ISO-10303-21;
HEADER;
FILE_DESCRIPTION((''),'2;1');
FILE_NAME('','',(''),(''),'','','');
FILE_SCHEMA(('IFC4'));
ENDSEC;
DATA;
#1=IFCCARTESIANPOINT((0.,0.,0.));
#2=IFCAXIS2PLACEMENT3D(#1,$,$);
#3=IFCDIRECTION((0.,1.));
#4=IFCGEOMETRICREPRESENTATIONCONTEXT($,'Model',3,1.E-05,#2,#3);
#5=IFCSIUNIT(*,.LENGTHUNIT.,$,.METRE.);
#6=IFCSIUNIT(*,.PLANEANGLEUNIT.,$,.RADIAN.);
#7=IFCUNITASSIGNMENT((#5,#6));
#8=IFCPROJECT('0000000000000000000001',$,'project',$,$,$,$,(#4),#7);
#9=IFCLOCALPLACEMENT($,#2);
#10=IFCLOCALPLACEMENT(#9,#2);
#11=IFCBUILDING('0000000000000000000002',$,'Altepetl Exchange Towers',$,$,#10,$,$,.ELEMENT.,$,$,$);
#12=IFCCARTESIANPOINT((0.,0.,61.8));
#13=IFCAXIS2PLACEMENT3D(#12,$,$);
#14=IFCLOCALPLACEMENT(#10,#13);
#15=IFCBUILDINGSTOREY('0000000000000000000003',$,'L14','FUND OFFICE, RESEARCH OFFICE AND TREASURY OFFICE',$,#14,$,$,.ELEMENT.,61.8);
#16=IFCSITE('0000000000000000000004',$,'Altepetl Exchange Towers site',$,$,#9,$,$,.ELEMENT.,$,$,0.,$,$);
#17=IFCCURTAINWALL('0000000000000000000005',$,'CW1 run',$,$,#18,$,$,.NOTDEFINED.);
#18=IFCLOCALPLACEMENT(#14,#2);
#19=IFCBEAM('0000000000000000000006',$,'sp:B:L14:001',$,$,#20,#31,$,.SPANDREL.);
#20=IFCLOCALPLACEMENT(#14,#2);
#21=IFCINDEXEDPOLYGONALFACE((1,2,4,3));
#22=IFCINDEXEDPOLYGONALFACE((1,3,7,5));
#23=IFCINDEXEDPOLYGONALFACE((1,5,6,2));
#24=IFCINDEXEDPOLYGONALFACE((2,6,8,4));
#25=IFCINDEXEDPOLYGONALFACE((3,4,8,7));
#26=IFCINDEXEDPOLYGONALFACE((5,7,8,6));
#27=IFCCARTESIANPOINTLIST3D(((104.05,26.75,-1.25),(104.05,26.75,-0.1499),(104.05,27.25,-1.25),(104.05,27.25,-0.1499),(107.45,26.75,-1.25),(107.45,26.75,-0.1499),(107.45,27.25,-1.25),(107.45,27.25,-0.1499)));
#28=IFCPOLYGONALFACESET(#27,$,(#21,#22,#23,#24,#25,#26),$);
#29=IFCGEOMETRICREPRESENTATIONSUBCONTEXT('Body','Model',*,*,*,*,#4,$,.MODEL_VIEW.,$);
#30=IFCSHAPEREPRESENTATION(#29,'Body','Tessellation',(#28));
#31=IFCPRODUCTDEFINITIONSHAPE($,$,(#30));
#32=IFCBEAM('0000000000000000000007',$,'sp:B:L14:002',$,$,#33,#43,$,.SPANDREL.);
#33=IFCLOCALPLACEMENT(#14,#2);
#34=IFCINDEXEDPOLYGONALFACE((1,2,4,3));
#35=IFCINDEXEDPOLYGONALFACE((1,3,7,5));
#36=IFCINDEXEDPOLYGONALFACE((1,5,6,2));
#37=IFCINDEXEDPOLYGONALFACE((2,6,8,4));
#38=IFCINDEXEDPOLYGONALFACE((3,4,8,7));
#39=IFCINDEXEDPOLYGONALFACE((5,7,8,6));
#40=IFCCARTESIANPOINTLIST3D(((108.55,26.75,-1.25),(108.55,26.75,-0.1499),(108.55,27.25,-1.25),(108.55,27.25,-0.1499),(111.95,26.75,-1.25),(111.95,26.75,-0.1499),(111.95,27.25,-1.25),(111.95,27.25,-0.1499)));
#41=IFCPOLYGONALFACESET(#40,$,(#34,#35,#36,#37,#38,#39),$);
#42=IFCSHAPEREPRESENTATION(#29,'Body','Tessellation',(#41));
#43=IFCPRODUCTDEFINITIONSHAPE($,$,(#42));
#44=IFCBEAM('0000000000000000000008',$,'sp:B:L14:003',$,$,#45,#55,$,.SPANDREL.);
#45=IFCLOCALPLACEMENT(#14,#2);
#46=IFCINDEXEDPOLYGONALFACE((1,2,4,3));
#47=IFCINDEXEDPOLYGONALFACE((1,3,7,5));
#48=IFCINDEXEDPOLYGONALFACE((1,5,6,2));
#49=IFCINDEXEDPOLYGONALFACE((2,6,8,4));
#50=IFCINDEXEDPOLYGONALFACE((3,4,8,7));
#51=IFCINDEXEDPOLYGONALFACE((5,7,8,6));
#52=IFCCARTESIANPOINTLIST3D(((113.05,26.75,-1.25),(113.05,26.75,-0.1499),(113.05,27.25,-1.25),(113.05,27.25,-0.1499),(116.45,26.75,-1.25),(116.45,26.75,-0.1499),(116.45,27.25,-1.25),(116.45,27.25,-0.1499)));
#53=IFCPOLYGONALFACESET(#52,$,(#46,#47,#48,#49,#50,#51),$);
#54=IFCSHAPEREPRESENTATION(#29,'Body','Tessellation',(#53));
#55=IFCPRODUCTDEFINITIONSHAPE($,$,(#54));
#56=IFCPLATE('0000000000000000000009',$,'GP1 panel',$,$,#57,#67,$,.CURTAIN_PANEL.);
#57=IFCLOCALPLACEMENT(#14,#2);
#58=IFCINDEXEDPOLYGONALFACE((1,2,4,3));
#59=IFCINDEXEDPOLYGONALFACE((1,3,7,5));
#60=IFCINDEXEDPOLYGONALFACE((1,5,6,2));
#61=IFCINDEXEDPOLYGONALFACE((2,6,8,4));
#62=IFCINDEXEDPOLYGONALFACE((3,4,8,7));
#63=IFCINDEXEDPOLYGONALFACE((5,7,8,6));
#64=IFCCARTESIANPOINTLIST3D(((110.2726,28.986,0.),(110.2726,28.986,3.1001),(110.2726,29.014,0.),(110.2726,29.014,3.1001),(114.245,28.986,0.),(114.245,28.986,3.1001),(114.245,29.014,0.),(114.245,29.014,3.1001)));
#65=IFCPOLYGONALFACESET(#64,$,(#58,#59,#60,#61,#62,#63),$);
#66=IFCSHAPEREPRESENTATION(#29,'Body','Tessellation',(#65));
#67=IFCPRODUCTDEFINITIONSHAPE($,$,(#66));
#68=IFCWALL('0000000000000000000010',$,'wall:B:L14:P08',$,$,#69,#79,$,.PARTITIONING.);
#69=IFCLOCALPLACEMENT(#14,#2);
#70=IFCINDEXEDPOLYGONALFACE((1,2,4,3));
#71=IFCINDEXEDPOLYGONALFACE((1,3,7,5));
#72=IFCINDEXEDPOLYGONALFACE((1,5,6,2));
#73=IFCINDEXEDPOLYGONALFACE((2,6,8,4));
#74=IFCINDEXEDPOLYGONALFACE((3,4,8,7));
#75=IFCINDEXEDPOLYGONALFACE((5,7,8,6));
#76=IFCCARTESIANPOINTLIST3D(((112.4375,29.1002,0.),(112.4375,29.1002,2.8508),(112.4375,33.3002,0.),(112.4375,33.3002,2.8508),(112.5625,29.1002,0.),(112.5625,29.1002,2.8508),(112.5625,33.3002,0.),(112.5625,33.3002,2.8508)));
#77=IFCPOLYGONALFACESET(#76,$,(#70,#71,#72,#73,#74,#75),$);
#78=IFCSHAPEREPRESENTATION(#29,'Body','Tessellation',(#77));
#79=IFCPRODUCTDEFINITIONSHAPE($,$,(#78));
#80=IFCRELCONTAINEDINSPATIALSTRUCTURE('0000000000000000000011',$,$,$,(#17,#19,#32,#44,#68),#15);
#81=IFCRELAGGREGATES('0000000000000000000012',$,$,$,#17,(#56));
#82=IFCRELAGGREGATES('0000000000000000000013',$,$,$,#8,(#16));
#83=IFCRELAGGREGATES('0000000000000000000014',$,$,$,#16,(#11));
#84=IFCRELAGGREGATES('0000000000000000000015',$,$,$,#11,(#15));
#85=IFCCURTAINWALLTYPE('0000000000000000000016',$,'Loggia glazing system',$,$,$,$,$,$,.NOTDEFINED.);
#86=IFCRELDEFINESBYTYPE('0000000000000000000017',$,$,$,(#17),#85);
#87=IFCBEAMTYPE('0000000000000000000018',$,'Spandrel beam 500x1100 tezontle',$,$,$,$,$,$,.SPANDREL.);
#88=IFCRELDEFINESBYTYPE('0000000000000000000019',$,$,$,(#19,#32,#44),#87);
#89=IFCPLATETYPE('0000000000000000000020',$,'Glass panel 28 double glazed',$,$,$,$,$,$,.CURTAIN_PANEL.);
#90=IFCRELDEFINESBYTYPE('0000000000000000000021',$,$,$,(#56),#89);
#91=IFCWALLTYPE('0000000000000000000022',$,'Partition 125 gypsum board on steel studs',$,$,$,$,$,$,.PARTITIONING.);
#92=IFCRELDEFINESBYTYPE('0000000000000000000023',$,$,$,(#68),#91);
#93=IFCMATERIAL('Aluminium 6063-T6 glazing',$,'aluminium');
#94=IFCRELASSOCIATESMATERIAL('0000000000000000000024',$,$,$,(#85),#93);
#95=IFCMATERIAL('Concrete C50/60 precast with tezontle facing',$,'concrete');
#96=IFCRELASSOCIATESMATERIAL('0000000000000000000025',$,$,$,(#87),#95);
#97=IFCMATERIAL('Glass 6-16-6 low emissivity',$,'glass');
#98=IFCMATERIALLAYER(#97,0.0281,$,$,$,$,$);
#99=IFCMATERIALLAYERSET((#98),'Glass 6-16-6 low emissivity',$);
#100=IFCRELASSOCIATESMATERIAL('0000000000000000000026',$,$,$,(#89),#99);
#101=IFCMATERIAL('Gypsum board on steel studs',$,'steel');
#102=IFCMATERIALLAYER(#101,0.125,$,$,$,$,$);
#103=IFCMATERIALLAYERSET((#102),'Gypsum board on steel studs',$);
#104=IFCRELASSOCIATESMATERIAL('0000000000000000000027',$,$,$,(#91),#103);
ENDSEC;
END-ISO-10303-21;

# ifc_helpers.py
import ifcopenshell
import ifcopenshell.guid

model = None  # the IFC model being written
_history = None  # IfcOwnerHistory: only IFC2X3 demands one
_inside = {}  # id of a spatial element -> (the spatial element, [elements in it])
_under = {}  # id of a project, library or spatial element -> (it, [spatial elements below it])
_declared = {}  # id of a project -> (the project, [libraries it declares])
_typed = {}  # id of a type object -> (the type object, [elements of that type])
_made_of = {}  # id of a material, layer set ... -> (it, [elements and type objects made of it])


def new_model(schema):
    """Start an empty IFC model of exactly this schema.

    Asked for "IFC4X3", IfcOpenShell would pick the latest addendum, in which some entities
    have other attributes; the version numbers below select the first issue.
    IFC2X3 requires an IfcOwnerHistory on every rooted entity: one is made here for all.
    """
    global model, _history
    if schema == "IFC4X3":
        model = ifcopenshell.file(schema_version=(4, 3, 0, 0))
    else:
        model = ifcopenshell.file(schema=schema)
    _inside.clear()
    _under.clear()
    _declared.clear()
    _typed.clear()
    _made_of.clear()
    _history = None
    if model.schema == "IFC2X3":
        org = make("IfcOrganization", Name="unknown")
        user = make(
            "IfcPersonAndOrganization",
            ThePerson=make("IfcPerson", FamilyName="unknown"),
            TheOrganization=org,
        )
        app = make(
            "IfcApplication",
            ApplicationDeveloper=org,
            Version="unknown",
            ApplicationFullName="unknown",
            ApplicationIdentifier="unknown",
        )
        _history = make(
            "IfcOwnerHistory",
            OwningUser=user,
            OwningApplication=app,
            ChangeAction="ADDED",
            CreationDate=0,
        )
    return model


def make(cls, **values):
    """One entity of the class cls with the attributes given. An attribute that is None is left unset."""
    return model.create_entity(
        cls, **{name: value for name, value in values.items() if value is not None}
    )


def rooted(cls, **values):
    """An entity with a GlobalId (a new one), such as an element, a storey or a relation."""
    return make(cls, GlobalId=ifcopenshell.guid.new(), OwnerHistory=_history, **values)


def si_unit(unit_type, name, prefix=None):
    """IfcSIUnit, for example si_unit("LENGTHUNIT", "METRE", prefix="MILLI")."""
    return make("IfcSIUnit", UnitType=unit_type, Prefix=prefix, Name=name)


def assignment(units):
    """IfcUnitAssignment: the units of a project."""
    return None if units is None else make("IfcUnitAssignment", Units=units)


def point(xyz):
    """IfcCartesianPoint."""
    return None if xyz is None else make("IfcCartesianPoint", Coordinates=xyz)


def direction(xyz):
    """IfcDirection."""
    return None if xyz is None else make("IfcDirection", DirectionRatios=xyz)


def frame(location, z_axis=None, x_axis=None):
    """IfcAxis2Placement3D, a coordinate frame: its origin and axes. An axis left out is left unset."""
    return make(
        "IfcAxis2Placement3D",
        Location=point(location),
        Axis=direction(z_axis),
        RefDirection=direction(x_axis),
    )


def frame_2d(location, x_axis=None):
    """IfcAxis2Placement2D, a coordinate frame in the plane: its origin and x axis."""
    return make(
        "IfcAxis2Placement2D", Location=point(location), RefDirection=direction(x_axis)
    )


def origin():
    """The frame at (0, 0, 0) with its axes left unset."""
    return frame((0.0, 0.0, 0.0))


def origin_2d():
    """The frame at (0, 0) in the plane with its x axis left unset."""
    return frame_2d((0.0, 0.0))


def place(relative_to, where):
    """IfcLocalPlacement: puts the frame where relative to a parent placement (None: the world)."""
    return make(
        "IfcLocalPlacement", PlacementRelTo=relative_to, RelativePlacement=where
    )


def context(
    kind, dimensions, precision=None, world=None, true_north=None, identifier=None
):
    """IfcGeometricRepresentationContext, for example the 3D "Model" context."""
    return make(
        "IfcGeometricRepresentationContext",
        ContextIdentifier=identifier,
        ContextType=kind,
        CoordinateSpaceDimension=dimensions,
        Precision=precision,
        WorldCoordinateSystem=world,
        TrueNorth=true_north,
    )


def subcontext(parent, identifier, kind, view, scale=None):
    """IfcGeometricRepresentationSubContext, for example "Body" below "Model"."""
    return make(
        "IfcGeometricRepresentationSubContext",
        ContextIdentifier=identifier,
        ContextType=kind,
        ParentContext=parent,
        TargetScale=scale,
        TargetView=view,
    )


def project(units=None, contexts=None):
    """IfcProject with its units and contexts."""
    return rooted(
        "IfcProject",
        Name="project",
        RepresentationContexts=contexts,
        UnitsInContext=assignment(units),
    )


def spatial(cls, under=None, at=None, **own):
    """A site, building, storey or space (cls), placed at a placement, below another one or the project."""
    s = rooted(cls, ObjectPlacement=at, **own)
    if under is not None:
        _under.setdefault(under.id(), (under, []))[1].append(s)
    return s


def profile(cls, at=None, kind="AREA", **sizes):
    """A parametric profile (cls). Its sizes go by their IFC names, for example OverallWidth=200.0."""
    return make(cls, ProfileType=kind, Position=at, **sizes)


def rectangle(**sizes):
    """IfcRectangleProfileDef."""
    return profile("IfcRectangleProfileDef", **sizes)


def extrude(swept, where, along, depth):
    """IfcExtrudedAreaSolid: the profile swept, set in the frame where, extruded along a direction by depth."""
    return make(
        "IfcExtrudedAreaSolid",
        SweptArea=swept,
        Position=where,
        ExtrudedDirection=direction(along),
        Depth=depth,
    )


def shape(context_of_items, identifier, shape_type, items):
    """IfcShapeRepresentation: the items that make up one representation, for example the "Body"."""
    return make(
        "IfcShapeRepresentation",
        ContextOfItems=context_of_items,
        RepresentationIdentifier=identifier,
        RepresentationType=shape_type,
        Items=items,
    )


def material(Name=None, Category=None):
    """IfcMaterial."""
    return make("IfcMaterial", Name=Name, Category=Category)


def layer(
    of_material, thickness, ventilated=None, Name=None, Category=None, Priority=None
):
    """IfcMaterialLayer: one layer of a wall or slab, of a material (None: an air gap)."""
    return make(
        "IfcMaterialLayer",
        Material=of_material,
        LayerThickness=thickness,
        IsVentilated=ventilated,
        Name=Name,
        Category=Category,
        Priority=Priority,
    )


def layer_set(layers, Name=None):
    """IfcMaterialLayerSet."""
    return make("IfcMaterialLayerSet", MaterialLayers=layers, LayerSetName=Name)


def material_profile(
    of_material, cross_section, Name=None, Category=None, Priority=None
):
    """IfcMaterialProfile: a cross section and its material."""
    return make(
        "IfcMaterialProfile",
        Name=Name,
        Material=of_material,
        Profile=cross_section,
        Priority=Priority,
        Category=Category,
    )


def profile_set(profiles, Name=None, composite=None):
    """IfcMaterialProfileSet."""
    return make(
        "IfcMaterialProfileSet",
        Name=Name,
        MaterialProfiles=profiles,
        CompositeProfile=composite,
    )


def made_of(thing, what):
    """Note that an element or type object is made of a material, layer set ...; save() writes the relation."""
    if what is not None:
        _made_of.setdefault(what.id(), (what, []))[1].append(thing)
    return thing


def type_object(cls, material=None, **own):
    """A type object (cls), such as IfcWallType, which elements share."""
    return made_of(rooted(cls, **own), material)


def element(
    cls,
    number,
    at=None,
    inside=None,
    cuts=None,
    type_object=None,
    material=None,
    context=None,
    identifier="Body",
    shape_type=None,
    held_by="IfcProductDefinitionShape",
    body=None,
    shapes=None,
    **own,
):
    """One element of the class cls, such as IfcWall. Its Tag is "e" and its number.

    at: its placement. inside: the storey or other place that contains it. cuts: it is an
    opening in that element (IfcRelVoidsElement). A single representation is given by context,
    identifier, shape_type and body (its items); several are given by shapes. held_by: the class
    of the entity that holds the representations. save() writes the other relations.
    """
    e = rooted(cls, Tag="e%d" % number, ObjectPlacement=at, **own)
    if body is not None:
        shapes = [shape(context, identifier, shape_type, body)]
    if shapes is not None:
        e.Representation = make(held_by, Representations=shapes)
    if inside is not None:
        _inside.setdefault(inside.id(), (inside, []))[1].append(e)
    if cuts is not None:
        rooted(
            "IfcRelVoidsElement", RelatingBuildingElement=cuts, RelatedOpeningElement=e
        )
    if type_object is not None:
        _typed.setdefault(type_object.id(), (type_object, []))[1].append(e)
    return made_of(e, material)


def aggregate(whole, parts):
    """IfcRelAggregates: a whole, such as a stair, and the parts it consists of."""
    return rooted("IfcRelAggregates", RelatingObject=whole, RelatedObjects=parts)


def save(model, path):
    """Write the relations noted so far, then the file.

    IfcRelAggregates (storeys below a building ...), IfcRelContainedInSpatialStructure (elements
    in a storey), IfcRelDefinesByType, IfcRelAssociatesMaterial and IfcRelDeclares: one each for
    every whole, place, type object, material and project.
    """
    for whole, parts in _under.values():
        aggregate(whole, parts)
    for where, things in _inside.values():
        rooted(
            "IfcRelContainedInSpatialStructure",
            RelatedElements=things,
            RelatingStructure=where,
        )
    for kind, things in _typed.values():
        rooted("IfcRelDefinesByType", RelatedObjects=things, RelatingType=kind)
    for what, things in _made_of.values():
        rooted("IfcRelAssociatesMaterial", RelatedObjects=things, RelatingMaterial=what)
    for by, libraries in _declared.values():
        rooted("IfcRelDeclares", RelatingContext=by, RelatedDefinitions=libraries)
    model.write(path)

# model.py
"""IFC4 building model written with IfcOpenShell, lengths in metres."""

from ifc_helpers import new_model, si_unit, direction, frame, frame_2d, origin, origin_2d, place, context, subcontext, project, spatial, rectangle, extrude, material, layer, layer_set, material_profile, profile_set, type_object, element, aggregate, save


model = new_model("IFC4")

# Units and contexts
model_context = context("Model", 3, precision=1e-05, world=origin(), true_north=direction((0.0, 1.0)))
body_context = subcontext(model_context, "Body", "Model", "MODEL_VIEW")
ifc_project = project(units=[si_unit("LENGTHUNIT", "METRE"), si_unit("PLANEANGLEUNIT", "RADIAN")], contexts=[model_context])

# Site, building, storey
site_placement = place(None, origin())
site = spatial("IfcSite", under=ifc_project, at=site_placement, Name="Altepetl Exchange Towers site", CompositionType="ELEMENT", RefElevation=0.0)
building_placement = place(site_placement, origin())
building = spatial("IfcBuilding", under=site, at=building_placement, Name="Altepetl Exchange Towers", CompositionType="ELEMENT")
storey_placement = place(building_placement, frame((0.0, 0.0, 61.8)))
storey = spatial("IfcBuildingStorey", under=building, at=storey_placement, Name="L14", Description="FUND OFFICE, RESEARCH OFFICE AND TREASURY OFFICE", CompositionType="ELEMENT", Elevation=61.8)

# Shared definitions
ifc_material_1 = material(Name="Aluminium 6063-T6 glazing", Category="aluminium")
curtain_wall_type = type_object("IfcCurtainWallType", Name="Loggia glazing system", PredefinedType="NOTDEFINED", material=ifc_material_1)

# Curtain wall
curtain_wall_1_placement = place(storey_placement, origin())
curtain_wall_1 = element("IfcCurtainWall", 1, at=curtain_wall_1_placement, inside=storey, type_object=curtain_wall_type, Name="CW1 run", PredefinedType="NOTDEFINED")

# Beams
ifc_material_2 = material(Name="Concrete C50/60 precast with tezontle facing", Category="concrete")
ifc_material_profile_1 = material_profile(ifc_material_2, rectangle(XDim=0.5, YDim=1.1001, at=origin_2d()), Name="500 x 1100")
ifc_profile_set_1 = profile_set([ifc_material_profile_1], Name="Concrete C50/60 precast with tezontle facing")
beam_type_1 = type_object("IfcBeamType", Name="Spandrel beam 500x1100 tezontle", PredefinedType="SPANDREL", material=ifc_profile_set_1)
for number, where, z_axis, x_axis, name in (
    (2, (104.05, 27.0, -0.7), (1.0, 0.0, 0.0), (0.0, 1.0, 0.0), "sp:B:L14:001"),
    (3, (108.55, 27.0, -0.7), (1.0, 0.0, 0.0), (0.0, 1.0, 0.0), "sp:B:L14:002"),
    (4, (113.05, 27.0, -0.7), (1.0, 0.0, 0.0), (0.0, 1.0, 0.0), "sp:B:L14:003"),
):
    element("IfcBeam", number, at=place(storey_placement, frame(where, z_axis=z_axis, x_axis=x_axis)), inside=storey, type_object=beam_type_1, Name=name, PredefinedType="SPANDREL", context=body_context, shape_type="SweptSolid", body=[
        extrude(rectangle(XDim=0.5, YDim=1.1001, at=origin_2d()), origin(), (0.0, 0.0, 1.0), 3.3999),
    ])

# Plate
ifc_material_3 = material(Name="Glass 6-16-6 low emissivity", Category="glass")
ifc_layer_1 = layer(ifc_material_3, 0.0281)
ifc_layer_set_1 = layer_set([ifc_layer_1], Name="Glass 6-16-6 low emissivity")
plate_type = type_object("IfcPlateType", Name="Glass panel 28 double glazed", PredefinedType="CURTAIN_PANEL", material=ifc_layer_set_1)
plate_placement = place(storey_placement, frame((112.2588, 29.0, 0.0)))
plate = element("IfcPlate", 5, at=plate_placement, type_object=plate_type, Name="GP1 panel", PredefinedType="CURTAIN_PANEL", context=body_context, shape_type="SweptSolid", body=[
    extrude(rectangle(XDim=3.9724, YDim=0.0281, at=origin_2d()), origin(), (0.0, 0.0, 1.0), 3.1001),
])
aggregate(curtain_wall_1, [plate])

# Wall
ifc_material_4 = material(Name="Gypsum board on steel studs", Category="steel")
ifc_layer_2 = layer(ifc_material_4, 0.125)
ifc_layer_set_2 = layer_set([ifc_layer_2], Name="Gypsum board on steel studs")
wall_type_1 = type_object("IfcWallType", Name="Partition 125 gypsum board on steel studs", PredefinedType="PARTITIONING", material=ifc_layer_set_2)
wall_1_placement = place(storey_placement, frame((112.5, 29.1001, 0.0), z_axis=(0.0, 0.0, 1.0), x_axis=(0.0, 1.0, 0.0)))
element("IfcWall", 6, at=wall_1_placement, inside=storey, type_object=wall_type_1, Name="wall:B:L14:P08", PredefinedType="PARTITIONING", context=body_context, shape_type="SweptSolid", body=[
    extrude(rectangle(XDim=4.2, YDim=0.125, at=frame_2d((2.1001, 0.0))), origin(), (0.0, 0.0, 1.0), 2.8508),
])

save(model, "model.ifc")
